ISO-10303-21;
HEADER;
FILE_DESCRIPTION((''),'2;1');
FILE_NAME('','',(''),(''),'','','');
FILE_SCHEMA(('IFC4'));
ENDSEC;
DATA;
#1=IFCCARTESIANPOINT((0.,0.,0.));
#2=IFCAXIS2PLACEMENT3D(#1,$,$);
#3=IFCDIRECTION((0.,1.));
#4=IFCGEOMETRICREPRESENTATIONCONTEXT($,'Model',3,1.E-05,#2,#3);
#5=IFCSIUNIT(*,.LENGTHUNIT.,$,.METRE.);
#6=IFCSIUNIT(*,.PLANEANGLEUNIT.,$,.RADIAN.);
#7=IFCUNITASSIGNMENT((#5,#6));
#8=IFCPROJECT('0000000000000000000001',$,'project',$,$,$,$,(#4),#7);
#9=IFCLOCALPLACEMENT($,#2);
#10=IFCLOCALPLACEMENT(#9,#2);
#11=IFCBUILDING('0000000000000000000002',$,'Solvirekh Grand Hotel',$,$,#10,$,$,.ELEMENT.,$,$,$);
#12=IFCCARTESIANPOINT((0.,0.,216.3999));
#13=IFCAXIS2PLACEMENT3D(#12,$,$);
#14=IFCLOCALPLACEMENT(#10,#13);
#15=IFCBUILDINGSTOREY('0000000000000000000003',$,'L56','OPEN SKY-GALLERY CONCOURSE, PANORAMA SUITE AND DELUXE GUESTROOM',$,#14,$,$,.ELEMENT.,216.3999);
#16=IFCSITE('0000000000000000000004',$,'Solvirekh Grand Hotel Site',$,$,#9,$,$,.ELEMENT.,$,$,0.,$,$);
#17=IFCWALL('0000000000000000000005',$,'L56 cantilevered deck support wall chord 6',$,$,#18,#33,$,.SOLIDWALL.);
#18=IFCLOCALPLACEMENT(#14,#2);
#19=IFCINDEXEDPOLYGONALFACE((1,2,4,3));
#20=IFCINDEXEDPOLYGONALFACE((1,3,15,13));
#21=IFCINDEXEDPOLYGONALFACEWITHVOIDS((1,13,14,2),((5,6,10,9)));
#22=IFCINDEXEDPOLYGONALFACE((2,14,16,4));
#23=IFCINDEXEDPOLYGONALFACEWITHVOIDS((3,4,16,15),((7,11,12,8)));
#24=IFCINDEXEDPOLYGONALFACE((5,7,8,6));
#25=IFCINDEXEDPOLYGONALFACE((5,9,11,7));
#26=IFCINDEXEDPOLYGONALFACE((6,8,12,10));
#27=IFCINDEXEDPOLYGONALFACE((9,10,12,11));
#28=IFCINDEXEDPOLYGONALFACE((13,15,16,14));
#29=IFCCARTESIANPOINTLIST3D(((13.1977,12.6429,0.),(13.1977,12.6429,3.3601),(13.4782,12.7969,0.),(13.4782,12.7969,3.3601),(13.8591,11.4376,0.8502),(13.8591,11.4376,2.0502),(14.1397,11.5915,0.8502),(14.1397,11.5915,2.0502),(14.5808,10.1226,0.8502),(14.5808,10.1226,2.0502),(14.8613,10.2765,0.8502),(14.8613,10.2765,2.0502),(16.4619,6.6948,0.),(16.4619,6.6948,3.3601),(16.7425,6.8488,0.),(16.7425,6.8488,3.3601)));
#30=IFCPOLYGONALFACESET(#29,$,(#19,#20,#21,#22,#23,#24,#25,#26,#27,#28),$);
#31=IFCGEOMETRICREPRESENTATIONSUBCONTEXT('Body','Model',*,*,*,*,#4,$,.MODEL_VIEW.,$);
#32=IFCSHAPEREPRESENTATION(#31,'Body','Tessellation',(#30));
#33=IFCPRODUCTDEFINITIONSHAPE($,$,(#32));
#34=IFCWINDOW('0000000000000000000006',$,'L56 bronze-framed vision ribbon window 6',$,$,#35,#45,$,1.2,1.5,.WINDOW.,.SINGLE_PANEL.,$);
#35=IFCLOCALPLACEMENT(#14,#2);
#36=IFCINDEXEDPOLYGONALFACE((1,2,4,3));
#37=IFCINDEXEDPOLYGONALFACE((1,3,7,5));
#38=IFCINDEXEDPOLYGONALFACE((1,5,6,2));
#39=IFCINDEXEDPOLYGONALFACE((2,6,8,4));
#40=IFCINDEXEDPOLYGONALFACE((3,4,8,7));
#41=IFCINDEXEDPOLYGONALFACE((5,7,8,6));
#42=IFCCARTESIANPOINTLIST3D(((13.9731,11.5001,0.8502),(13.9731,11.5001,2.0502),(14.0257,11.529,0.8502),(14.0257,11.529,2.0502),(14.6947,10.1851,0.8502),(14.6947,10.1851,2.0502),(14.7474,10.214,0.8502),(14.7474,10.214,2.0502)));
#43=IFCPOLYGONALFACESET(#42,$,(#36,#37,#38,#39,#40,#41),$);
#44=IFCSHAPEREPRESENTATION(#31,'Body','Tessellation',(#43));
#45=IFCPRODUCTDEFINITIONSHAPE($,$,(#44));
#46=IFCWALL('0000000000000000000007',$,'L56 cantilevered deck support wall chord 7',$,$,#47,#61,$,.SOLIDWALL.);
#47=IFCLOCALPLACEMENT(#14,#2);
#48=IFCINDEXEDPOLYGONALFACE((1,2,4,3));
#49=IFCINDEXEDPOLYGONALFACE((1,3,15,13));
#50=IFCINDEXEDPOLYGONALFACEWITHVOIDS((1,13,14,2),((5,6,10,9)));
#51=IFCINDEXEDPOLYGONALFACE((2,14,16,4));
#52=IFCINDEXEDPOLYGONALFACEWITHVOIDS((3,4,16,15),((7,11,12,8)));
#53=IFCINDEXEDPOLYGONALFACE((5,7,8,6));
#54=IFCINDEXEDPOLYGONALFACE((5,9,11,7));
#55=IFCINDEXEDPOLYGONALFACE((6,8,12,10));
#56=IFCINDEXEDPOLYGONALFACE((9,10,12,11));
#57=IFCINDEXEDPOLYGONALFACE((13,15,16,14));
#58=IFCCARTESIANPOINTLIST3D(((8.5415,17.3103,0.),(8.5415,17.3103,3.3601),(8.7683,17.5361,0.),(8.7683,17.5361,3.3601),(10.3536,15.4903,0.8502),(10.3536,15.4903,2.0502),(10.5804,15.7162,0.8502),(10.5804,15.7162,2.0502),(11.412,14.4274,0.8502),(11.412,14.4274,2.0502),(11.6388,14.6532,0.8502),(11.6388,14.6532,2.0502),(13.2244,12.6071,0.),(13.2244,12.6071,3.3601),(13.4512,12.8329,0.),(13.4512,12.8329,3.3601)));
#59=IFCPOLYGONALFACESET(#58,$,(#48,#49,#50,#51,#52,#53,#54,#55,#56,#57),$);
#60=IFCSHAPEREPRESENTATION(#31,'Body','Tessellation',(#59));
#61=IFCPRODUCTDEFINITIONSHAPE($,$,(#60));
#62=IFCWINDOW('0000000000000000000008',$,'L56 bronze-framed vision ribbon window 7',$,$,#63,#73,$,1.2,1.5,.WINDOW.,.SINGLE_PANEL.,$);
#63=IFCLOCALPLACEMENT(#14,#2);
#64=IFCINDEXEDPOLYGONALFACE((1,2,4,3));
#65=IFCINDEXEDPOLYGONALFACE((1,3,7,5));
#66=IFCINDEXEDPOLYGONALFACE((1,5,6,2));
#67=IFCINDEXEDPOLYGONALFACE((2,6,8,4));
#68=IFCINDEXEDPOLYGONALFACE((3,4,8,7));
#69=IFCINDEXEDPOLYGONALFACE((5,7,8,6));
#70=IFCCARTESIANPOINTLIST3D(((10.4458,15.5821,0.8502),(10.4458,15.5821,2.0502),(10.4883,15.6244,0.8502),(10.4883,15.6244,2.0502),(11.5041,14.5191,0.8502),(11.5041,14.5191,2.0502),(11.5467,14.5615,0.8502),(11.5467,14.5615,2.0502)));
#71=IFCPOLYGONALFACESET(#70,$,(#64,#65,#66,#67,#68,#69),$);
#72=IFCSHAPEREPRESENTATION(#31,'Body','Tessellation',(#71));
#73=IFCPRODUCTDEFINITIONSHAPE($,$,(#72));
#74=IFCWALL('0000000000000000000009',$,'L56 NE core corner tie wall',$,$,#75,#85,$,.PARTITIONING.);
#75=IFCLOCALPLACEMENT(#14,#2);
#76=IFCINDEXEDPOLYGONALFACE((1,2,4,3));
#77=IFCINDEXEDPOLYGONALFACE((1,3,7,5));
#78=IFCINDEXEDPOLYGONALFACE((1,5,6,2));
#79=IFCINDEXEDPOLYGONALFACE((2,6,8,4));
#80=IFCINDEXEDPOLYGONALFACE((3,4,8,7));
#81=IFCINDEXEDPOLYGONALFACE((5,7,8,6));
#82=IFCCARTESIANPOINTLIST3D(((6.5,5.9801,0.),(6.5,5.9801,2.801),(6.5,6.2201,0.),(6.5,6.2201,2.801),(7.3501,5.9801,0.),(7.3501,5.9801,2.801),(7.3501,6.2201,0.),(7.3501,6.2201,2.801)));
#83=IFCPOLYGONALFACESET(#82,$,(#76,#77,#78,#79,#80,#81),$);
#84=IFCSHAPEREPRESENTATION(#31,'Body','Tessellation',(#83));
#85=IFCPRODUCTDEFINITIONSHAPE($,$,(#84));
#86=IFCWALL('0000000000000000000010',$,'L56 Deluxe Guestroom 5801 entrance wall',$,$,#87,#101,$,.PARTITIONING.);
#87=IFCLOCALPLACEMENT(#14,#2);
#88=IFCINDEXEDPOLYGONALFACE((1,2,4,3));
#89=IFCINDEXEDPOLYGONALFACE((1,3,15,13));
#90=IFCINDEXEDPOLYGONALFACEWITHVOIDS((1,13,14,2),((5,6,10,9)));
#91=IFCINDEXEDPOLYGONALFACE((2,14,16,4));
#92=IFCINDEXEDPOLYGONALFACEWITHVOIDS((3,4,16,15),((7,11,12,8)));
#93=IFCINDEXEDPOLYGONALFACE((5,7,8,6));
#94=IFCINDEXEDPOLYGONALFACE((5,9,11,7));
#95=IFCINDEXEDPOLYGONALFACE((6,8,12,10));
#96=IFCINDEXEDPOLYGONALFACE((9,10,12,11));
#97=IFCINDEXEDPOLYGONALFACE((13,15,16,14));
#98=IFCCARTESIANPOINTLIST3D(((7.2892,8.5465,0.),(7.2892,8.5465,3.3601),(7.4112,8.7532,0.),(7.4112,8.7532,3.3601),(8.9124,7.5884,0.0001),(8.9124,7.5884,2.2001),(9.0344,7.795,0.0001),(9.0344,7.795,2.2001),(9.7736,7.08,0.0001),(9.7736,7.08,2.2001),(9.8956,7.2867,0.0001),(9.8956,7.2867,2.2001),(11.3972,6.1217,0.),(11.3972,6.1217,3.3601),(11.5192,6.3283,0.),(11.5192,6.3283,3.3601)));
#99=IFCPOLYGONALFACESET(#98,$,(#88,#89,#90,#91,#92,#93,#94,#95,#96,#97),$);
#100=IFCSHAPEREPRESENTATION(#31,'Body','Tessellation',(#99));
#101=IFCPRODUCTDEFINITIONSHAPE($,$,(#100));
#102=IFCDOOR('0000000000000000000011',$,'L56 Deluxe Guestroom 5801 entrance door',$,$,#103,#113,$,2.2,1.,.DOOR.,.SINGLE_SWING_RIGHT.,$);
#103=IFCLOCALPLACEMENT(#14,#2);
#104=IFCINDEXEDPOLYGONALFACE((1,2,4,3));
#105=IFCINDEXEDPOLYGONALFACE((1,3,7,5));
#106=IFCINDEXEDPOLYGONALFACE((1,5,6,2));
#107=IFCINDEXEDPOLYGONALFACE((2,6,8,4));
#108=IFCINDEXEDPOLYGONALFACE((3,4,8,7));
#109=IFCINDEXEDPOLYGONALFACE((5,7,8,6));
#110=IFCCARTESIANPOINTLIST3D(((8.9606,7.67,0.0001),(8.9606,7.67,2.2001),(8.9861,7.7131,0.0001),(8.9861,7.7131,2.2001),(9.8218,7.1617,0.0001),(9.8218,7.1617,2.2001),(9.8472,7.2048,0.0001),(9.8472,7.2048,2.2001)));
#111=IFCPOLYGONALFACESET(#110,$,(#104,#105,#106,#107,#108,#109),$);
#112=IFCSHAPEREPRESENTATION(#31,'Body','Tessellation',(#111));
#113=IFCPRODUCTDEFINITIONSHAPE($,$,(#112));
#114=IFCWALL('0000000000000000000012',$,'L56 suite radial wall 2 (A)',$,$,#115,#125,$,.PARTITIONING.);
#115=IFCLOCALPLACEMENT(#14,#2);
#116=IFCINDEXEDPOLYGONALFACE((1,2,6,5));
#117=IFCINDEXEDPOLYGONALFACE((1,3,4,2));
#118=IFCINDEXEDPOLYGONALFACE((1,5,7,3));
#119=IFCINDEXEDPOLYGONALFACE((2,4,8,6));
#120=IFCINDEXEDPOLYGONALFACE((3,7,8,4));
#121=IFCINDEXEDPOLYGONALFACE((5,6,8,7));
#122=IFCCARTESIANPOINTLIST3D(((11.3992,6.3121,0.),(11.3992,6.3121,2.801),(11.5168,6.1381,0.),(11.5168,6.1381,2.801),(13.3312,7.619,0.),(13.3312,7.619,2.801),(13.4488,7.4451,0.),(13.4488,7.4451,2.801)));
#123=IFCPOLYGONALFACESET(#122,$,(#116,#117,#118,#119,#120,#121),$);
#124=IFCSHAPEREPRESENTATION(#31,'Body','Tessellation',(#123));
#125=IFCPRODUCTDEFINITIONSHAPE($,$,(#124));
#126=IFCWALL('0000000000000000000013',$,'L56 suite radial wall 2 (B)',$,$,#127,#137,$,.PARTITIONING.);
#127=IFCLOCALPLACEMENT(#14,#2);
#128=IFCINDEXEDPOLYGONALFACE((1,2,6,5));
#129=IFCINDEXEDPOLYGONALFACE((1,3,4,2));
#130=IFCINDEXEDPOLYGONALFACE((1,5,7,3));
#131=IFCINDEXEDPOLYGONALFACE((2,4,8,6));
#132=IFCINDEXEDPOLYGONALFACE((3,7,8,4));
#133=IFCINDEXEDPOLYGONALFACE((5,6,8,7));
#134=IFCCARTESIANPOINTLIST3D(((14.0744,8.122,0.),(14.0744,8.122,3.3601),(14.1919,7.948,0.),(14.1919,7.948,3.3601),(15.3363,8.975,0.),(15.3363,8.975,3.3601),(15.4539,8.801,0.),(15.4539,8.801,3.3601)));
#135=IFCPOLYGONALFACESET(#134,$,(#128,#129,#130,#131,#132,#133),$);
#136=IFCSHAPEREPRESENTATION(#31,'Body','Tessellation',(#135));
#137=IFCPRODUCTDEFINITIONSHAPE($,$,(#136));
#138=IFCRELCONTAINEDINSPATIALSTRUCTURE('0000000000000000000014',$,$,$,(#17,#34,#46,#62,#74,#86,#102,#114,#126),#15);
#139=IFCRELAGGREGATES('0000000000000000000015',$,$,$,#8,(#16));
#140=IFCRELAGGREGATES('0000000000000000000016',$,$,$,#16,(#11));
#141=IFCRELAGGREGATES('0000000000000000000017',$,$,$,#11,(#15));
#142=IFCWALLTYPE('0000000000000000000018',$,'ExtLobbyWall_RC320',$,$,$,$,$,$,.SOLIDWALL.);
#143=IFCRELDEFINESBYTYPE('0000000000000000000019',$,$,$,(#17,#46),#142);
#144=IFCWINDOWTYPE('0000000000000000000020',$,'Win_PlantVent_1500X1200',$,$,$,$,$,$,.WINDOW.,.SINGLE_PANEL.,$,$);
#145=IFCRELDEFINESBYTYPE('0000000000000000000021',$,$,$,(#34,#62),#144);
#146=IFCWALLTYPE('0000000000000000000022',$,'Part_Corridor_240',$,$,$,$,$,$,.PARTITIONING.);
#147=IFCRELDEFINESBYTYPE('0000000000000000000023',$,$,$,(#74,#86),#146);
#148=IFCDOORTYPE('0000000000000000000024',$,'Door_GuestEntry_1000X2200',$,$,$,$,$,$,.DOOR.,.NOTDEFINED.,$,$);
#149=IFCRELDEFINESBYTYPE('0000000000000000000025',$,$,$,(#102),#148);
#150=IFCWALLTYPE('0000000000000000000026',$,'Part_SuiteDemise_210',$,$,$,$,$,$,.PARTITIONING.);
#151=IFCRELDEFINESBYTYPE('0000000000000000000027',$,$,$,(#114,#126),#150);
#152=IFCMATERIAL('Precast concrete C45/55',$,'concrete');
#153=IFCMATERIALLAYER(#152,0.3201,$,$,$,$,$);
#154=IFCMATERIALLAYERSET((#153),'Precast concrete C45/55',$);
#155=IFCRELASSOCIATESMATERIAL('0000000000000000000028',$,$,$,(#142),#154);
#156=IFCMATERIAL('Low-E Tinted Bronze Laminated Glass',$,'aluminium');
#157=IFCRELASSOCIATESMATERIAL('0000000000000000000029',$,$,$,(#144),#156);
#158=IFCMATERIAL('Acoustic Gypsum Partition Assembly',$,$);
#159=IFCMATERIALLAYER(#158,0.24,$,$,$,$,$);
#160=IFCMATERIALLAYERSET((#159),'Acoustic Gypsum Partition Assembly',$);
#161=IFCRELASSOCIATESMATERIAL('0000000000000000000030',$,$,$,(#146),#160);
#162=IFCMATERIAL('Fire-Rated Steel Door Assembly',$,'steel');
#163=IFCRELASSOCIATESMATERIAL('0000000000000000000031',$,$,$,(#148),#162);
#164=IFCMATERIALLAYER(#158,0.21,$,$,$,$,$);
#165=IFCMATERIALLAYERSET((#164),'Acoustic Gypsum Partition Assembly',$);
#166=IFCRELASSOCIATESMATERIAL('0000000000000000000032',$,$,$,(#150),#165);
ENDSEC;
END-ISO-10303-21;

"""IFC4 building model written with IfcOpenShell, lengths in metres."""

from ifc_helpers import new_model, si_unit, direction, frame, frame_2d, origin, place, context, subcontext, project, spatial, rectangle, extrude, material, layer, layer_set, type_object, element, fill, save


model = new_model("IFC4")

# Units and contexts
model_context = context("Model", 3, precision=1e-05, world=origin(), true_north=direction((0.0, 1.0)))
body_context = subcontext(model_context, "Body", "Model", "MODEL_VIEW")
ifc_project = project(units=[si_unit("LENGTHUNIT", "METRE"), si_unit("PLANEANGLEUNIT", "RADIAN")], contexts=[model_context])

# Site, building, storey
site_placement = place(None, origin())
site = spatial("IfcSite", under=ifc_project, at=site_placement, Name="Solvirekh Grand Hotel Site", CompositionType="ELEMENT", RefElevation=0.0)
building_placement = place(site_placement, origin())
building = spatial("IfcBuilding", under=site, at=building_placement, Name="Solvirekh Grand Hotel", CompositionType="ELEMENT")
storey_placement = place(building_placement, frame((0.0, 0.0, 216.3999)))
storey = spatial("IfcBuildingStorey", under=building, at=storey_placement, Name="L56", Description="OPEN SKY-GALLERY CONCOURSE, PANORAMA SUITE AND DELUXE GUESTROOM", CompositionType="ELEMENT", Elevation=216.3999)

# Shared definitions
ifc_material_1 = material(Name="Low-E Tinted Bronze Laminated Glass", Category="aluminium")

# Walls, openings, windows
ifc_material_2 = material(Name="Precast concrete C45/55", Category="concrete")
ifc_layer_1 = layer(ifc_material_2, 0.3201)
ifc_layer_set_1 = layer_set([ifc_layer_1], Name="Precast concrete C45/55")
wall_type_1 = type_object("IfcWallType", Name="ExtLobbyWall_RC320", PredefinedType="SOLIDWALL", material=ifc_layer_set_1)
window_type = type_object("IfcWindowType", Name="Win_PlantVent_1500X1200", PartitioningType="SINGLE_PANEL", PredefinedType="WINDOW", material=ifc_material_1)
wall_1_placement = place(storey_placement, frame((13.3379, 12.72, 0.0), z_axis=(0.0, 0.0, 1.0), x_axis=(0.481099, -0.876666, 0.0)))
wall_1 = element("IfcWall", 1, at=wall_1_placement, inside=storey, type_object=wall_type_1, Name="L56 cantilevered deck support wall chord 6", PredefinedType="SOLIDWALL", context=body_context, shape_type="SweptSolid", body=[
    extrude(rectangle(XDim=6.7849, YDim=0.3201, at=frame_2d((3.3926, 0.0))), origin(), (0.0, 0.0, 1.0), 3.3601),
])
opening_1_placement = place(wall_1_placement, frame((1.375, 0.0, 0.8501)))
opening_1 = element("IfcOpeningElement", 2, at=opening_1_placement, cuts=wall_1, PredefinedType="OPENING", context=body_context, shape_type="SweptSolid", body=[
    extrude(rectangle(XDim=1.5, YDim=1.2, at=frame_2d((0.75, 0.6001))), frame((0.0, 0.1699, 0.0), z_axis=(0.0, -1.0, 0.0), x_axis=(1.0, 0.0, 0.0)), (0.0, 0.0, 1.0), 0.3401),
])
window_1_placement = place(opening_1_placement, origin())
window_1 = element("IfcWindow", 3, at=window_1_placement, inside=storey, type_object=window_type, Name="L56 bronze-framed vision ribbon window 6", OverallHeight=1.2, OverallWidth=1.5, PartitioningType="SINGLE_PANEL", PredefinedType="WINDOW", context=body_context, shape_type="SweptSolid", body=[
    extrude(rectangle(XDim=1.5, YDim=1.2, at=frame_2d((0.75, 0.6001))), frame((0.0, 0.03, 0.0), z_axis=(0.0, -1.0, 0.0), x_axis=(1.0, 0.0, 0.0)), (0.0, 0.0, 1.0), 0.0601),
])
fill(opening_1, window_1)
wall_2_placement = place(storey_placement, frame((8.655, 17.4231, 0.0), z_axis=(0.0, 0.0, 1.0), x_axis=(0.705579, -0.708632, 0.0)))
wall_2 = element("IfcWall", 4, at=wall_2_placement, inside=storey, type_object=wall_type_1, Name="L56 cantilevered deck support wall chord 7", PredefinedType="SOLIDWALL", context=body_context, shape_type="SweptSolid", body=[
    extrude(rectangle(XDim=6.637, YDim=0.3201, at=frame_2d((3.3184, 0.0))), origin(), (0.0, 0.0, 1.0), 3.3601),
])
opening_2_placement = place(wall_2_placement, frame((2.5681, 0.0, 0.8501)))
opening_2 = element("IfcOpeningElement", 5, at=opening_2_placement, cuts=wall_2, PredefinedType="OPENING", context=body_context, shape_type="SweptSolid", body=[
    extrude(rectangle(XDim=1.5, YDim=1.2, at=frame_2d((0.75, 0.6001))), frame((0.0, 0.1699, 0.0), z_axis=(0.0, -1.0, 0.0), x_axis=(1.0, 0.0, 0.0)), (0.0, 0.0, 1.0), 0.3401),
])
window_2_placement = place(opening_2_placement, origin())
window_2 = element("IfcWindow", 6, at=window_2_placement, inside=storey, type_object=window_type, Name="L56 bronze-framed vision ribbon window 7", OverallHeight=1.2, OverallWidth=1.5, PartitioningType="SINGLE_PANEL", PredefinedType="WINDOW", context=body_context, shape_type="SweptSolid", body=[
    extrude(rectangle(XDim=1.5, YDim=1.2, at=frame_2d((0.75, 0.6001))), frame((0.0, 0.03, 0.0), z_axis=(0.0, -1.0, 0.0), x_axis=(1.0, 0.0, 0.0)), (0.0, 0.0, 1.0), 0.0601),
])
fill(opening_2, window_2)

# Wall
ifc_material_3 = material(Name="Acoustic Gypsum Partition Assembly")
ifc_layer_2 = layer(ifc_material_3, 0.24)
ifc_layer_set_2 = layer_set([ifc_layer_2], Name="Acoustic Gypsum Partition Assembly")
wall_type_2 = type_object("IfcWallType", Name="Part_Corridor_240", PredefinedType="PARTITIONING", material=ifc_layer_set_2)
wall_3_placement = place(storey_placement, frame((6.5, 6.1001, 0.0), z_axis=(0.0, 0.0, 1.0), x_axis=(1.0, 0.0, 0.0)))
element("IfcWall", 7, at=wall_3_placement, inside=storey, type_object=wall_type_2, Name="L56 NE core corner tie wall", PredefinedType="PARTITIONING", context=body_context, shape_type="SweptSolid", body=[
    extrude(rectangle(XDim=0.8501, YDim=0.24, at=frame_2d((0.425, 0.0))), origin(), (0.0, 0.0, 1.0), 2.801),
])

# Wall, opening, door
wall_4_placement = place(storey_placement, frame((7.3501, 8.6499, 0.0), z_axis=(0.0, 0.0, 1.0), x_axis=(0.861165, -0.508326, 0.0)))
wall_4 = element("IfcWall", 8, at=wall_4_placement, inside=storey, type_object=wall_type_2, Name="L56 Deluxe Guestroom 5801 entrance wall", PredefinedType="PARTITIONING", context=body_context, shape_type="SweptSolid", body=[
    extrude(rectangle(XDim=4.7703, YDim=0.24, at=frame_2d((2.3853, 0.0))), origin(), (0.0, 0.0, 1.0), 3.3601),
])
opening_3_placement = place(wall_4_placement, frame((1.885, 0.0, 0.0)))
opening_3 = element("IfcOpeningElement", 9, at=opening_3_placement, cuts=wall_4, PredefinedType="OPENING", context=body_context, shape_type="SweptSolid", body=[
    extrude(rectangle(XDim=1.0, YDim=2.2, at=frame_2d((0.5, 1.1001))), frame((0.0, 0.1299, 0.0), z_axis=(0.0, -1.0, 0.0), x_axis=(1.0, 0.0, 0.0)), (0.0, 0.0, 1.0), 0.26),
])
ifc_material_4 = material(Name="Fire-Rated Steel Door Assembly", Category="steel")
door_type = type_object("IfcDoorType", Name="Door_GuestEntry_1000X2200", OperationType="NOTDEFINED", PredefinedType="DOOR", material=ifc_material_4)
door_placement = place(opening_3_placement, origin())
door = element("IfcDoor", 10, at=door_placement, inside=storey, type_object=door_type, Name="L56 Deluxe Guestroom 5801 entrance door", OperationType="SINGLE_SWING_RIGHT", OverallHeight=2.2, OverallWidth=1.0, PredefinedType="DOOR", context=body_context, shape_type="SweptSolid", body=[
    extrude(rectangle(XDim=1.0, YDim=2.2, at=frame_2d((0.5, 1.1001))), frame((0.0, 0.0249, 0.0), z_axis=(0.0, -1.0, 0.0), x_axis=(1.0, 0.0, 0.0)), (0.0, 0.0, 1.0), 0.05),
])
fill(opening_3, door)

# Walls
ifc_layer_3 = layer(ifc_material_3, 0.21)
ifc_layer_set_3 = layer_set([ifc_layer_3], Name="Acoustic Gypsum Partition Assembly")
wall_type_3 = type_object("IfcWallType", Name="Part_SuiteDemise_210", PredefinedType="PARTITIONING", material=ifc_layer_set_3)
wall_5_placement = place(storey_placement, frame((11.458, 6.2251, 0.0), z_axis=(0.0, 0.0, 1.0), x_axis=(0.828279, 0.560316, 0.0)))
element("IfcWall", 11, at=wall_5_placement, inside=storey, type_object=wall_type_3, Name="L56 suite radial wall 2 (A)", PredefinedType="PARTITIONING", context=body_context, shape_type="SweptSolid", body=[
    extrude(rectangle(XDim=2.3325, YDim=0.21, at=frame_2d((1.1663, 0.0))), origin(), (0.0, 0.0, 1.0), 2.801),
])
wall_6_placement = place(storey_placement, frame((14.1331, 8.0349, 0.0), z_axis=(0.0, 0.0, 1.0), x_axis=(0.828482, 0.560015, 0.0)))
element("IfcWall", 12, at=wall_6_placement, inside=storey, type_object=wall_type_3, Name="L56 suite radial wall 2 (B)", PredefinedType="PARTITIONING", context=body_context, shape_type="SweptSolid", body=[
    extrude(rectangle(XDim=1.5232, YDim=0.21, at=frame_2d((0.7617, 0.0))), origin(), (0.0, 0.0, 1.0), 3.3601),
])

save(model, "model.ifc")
